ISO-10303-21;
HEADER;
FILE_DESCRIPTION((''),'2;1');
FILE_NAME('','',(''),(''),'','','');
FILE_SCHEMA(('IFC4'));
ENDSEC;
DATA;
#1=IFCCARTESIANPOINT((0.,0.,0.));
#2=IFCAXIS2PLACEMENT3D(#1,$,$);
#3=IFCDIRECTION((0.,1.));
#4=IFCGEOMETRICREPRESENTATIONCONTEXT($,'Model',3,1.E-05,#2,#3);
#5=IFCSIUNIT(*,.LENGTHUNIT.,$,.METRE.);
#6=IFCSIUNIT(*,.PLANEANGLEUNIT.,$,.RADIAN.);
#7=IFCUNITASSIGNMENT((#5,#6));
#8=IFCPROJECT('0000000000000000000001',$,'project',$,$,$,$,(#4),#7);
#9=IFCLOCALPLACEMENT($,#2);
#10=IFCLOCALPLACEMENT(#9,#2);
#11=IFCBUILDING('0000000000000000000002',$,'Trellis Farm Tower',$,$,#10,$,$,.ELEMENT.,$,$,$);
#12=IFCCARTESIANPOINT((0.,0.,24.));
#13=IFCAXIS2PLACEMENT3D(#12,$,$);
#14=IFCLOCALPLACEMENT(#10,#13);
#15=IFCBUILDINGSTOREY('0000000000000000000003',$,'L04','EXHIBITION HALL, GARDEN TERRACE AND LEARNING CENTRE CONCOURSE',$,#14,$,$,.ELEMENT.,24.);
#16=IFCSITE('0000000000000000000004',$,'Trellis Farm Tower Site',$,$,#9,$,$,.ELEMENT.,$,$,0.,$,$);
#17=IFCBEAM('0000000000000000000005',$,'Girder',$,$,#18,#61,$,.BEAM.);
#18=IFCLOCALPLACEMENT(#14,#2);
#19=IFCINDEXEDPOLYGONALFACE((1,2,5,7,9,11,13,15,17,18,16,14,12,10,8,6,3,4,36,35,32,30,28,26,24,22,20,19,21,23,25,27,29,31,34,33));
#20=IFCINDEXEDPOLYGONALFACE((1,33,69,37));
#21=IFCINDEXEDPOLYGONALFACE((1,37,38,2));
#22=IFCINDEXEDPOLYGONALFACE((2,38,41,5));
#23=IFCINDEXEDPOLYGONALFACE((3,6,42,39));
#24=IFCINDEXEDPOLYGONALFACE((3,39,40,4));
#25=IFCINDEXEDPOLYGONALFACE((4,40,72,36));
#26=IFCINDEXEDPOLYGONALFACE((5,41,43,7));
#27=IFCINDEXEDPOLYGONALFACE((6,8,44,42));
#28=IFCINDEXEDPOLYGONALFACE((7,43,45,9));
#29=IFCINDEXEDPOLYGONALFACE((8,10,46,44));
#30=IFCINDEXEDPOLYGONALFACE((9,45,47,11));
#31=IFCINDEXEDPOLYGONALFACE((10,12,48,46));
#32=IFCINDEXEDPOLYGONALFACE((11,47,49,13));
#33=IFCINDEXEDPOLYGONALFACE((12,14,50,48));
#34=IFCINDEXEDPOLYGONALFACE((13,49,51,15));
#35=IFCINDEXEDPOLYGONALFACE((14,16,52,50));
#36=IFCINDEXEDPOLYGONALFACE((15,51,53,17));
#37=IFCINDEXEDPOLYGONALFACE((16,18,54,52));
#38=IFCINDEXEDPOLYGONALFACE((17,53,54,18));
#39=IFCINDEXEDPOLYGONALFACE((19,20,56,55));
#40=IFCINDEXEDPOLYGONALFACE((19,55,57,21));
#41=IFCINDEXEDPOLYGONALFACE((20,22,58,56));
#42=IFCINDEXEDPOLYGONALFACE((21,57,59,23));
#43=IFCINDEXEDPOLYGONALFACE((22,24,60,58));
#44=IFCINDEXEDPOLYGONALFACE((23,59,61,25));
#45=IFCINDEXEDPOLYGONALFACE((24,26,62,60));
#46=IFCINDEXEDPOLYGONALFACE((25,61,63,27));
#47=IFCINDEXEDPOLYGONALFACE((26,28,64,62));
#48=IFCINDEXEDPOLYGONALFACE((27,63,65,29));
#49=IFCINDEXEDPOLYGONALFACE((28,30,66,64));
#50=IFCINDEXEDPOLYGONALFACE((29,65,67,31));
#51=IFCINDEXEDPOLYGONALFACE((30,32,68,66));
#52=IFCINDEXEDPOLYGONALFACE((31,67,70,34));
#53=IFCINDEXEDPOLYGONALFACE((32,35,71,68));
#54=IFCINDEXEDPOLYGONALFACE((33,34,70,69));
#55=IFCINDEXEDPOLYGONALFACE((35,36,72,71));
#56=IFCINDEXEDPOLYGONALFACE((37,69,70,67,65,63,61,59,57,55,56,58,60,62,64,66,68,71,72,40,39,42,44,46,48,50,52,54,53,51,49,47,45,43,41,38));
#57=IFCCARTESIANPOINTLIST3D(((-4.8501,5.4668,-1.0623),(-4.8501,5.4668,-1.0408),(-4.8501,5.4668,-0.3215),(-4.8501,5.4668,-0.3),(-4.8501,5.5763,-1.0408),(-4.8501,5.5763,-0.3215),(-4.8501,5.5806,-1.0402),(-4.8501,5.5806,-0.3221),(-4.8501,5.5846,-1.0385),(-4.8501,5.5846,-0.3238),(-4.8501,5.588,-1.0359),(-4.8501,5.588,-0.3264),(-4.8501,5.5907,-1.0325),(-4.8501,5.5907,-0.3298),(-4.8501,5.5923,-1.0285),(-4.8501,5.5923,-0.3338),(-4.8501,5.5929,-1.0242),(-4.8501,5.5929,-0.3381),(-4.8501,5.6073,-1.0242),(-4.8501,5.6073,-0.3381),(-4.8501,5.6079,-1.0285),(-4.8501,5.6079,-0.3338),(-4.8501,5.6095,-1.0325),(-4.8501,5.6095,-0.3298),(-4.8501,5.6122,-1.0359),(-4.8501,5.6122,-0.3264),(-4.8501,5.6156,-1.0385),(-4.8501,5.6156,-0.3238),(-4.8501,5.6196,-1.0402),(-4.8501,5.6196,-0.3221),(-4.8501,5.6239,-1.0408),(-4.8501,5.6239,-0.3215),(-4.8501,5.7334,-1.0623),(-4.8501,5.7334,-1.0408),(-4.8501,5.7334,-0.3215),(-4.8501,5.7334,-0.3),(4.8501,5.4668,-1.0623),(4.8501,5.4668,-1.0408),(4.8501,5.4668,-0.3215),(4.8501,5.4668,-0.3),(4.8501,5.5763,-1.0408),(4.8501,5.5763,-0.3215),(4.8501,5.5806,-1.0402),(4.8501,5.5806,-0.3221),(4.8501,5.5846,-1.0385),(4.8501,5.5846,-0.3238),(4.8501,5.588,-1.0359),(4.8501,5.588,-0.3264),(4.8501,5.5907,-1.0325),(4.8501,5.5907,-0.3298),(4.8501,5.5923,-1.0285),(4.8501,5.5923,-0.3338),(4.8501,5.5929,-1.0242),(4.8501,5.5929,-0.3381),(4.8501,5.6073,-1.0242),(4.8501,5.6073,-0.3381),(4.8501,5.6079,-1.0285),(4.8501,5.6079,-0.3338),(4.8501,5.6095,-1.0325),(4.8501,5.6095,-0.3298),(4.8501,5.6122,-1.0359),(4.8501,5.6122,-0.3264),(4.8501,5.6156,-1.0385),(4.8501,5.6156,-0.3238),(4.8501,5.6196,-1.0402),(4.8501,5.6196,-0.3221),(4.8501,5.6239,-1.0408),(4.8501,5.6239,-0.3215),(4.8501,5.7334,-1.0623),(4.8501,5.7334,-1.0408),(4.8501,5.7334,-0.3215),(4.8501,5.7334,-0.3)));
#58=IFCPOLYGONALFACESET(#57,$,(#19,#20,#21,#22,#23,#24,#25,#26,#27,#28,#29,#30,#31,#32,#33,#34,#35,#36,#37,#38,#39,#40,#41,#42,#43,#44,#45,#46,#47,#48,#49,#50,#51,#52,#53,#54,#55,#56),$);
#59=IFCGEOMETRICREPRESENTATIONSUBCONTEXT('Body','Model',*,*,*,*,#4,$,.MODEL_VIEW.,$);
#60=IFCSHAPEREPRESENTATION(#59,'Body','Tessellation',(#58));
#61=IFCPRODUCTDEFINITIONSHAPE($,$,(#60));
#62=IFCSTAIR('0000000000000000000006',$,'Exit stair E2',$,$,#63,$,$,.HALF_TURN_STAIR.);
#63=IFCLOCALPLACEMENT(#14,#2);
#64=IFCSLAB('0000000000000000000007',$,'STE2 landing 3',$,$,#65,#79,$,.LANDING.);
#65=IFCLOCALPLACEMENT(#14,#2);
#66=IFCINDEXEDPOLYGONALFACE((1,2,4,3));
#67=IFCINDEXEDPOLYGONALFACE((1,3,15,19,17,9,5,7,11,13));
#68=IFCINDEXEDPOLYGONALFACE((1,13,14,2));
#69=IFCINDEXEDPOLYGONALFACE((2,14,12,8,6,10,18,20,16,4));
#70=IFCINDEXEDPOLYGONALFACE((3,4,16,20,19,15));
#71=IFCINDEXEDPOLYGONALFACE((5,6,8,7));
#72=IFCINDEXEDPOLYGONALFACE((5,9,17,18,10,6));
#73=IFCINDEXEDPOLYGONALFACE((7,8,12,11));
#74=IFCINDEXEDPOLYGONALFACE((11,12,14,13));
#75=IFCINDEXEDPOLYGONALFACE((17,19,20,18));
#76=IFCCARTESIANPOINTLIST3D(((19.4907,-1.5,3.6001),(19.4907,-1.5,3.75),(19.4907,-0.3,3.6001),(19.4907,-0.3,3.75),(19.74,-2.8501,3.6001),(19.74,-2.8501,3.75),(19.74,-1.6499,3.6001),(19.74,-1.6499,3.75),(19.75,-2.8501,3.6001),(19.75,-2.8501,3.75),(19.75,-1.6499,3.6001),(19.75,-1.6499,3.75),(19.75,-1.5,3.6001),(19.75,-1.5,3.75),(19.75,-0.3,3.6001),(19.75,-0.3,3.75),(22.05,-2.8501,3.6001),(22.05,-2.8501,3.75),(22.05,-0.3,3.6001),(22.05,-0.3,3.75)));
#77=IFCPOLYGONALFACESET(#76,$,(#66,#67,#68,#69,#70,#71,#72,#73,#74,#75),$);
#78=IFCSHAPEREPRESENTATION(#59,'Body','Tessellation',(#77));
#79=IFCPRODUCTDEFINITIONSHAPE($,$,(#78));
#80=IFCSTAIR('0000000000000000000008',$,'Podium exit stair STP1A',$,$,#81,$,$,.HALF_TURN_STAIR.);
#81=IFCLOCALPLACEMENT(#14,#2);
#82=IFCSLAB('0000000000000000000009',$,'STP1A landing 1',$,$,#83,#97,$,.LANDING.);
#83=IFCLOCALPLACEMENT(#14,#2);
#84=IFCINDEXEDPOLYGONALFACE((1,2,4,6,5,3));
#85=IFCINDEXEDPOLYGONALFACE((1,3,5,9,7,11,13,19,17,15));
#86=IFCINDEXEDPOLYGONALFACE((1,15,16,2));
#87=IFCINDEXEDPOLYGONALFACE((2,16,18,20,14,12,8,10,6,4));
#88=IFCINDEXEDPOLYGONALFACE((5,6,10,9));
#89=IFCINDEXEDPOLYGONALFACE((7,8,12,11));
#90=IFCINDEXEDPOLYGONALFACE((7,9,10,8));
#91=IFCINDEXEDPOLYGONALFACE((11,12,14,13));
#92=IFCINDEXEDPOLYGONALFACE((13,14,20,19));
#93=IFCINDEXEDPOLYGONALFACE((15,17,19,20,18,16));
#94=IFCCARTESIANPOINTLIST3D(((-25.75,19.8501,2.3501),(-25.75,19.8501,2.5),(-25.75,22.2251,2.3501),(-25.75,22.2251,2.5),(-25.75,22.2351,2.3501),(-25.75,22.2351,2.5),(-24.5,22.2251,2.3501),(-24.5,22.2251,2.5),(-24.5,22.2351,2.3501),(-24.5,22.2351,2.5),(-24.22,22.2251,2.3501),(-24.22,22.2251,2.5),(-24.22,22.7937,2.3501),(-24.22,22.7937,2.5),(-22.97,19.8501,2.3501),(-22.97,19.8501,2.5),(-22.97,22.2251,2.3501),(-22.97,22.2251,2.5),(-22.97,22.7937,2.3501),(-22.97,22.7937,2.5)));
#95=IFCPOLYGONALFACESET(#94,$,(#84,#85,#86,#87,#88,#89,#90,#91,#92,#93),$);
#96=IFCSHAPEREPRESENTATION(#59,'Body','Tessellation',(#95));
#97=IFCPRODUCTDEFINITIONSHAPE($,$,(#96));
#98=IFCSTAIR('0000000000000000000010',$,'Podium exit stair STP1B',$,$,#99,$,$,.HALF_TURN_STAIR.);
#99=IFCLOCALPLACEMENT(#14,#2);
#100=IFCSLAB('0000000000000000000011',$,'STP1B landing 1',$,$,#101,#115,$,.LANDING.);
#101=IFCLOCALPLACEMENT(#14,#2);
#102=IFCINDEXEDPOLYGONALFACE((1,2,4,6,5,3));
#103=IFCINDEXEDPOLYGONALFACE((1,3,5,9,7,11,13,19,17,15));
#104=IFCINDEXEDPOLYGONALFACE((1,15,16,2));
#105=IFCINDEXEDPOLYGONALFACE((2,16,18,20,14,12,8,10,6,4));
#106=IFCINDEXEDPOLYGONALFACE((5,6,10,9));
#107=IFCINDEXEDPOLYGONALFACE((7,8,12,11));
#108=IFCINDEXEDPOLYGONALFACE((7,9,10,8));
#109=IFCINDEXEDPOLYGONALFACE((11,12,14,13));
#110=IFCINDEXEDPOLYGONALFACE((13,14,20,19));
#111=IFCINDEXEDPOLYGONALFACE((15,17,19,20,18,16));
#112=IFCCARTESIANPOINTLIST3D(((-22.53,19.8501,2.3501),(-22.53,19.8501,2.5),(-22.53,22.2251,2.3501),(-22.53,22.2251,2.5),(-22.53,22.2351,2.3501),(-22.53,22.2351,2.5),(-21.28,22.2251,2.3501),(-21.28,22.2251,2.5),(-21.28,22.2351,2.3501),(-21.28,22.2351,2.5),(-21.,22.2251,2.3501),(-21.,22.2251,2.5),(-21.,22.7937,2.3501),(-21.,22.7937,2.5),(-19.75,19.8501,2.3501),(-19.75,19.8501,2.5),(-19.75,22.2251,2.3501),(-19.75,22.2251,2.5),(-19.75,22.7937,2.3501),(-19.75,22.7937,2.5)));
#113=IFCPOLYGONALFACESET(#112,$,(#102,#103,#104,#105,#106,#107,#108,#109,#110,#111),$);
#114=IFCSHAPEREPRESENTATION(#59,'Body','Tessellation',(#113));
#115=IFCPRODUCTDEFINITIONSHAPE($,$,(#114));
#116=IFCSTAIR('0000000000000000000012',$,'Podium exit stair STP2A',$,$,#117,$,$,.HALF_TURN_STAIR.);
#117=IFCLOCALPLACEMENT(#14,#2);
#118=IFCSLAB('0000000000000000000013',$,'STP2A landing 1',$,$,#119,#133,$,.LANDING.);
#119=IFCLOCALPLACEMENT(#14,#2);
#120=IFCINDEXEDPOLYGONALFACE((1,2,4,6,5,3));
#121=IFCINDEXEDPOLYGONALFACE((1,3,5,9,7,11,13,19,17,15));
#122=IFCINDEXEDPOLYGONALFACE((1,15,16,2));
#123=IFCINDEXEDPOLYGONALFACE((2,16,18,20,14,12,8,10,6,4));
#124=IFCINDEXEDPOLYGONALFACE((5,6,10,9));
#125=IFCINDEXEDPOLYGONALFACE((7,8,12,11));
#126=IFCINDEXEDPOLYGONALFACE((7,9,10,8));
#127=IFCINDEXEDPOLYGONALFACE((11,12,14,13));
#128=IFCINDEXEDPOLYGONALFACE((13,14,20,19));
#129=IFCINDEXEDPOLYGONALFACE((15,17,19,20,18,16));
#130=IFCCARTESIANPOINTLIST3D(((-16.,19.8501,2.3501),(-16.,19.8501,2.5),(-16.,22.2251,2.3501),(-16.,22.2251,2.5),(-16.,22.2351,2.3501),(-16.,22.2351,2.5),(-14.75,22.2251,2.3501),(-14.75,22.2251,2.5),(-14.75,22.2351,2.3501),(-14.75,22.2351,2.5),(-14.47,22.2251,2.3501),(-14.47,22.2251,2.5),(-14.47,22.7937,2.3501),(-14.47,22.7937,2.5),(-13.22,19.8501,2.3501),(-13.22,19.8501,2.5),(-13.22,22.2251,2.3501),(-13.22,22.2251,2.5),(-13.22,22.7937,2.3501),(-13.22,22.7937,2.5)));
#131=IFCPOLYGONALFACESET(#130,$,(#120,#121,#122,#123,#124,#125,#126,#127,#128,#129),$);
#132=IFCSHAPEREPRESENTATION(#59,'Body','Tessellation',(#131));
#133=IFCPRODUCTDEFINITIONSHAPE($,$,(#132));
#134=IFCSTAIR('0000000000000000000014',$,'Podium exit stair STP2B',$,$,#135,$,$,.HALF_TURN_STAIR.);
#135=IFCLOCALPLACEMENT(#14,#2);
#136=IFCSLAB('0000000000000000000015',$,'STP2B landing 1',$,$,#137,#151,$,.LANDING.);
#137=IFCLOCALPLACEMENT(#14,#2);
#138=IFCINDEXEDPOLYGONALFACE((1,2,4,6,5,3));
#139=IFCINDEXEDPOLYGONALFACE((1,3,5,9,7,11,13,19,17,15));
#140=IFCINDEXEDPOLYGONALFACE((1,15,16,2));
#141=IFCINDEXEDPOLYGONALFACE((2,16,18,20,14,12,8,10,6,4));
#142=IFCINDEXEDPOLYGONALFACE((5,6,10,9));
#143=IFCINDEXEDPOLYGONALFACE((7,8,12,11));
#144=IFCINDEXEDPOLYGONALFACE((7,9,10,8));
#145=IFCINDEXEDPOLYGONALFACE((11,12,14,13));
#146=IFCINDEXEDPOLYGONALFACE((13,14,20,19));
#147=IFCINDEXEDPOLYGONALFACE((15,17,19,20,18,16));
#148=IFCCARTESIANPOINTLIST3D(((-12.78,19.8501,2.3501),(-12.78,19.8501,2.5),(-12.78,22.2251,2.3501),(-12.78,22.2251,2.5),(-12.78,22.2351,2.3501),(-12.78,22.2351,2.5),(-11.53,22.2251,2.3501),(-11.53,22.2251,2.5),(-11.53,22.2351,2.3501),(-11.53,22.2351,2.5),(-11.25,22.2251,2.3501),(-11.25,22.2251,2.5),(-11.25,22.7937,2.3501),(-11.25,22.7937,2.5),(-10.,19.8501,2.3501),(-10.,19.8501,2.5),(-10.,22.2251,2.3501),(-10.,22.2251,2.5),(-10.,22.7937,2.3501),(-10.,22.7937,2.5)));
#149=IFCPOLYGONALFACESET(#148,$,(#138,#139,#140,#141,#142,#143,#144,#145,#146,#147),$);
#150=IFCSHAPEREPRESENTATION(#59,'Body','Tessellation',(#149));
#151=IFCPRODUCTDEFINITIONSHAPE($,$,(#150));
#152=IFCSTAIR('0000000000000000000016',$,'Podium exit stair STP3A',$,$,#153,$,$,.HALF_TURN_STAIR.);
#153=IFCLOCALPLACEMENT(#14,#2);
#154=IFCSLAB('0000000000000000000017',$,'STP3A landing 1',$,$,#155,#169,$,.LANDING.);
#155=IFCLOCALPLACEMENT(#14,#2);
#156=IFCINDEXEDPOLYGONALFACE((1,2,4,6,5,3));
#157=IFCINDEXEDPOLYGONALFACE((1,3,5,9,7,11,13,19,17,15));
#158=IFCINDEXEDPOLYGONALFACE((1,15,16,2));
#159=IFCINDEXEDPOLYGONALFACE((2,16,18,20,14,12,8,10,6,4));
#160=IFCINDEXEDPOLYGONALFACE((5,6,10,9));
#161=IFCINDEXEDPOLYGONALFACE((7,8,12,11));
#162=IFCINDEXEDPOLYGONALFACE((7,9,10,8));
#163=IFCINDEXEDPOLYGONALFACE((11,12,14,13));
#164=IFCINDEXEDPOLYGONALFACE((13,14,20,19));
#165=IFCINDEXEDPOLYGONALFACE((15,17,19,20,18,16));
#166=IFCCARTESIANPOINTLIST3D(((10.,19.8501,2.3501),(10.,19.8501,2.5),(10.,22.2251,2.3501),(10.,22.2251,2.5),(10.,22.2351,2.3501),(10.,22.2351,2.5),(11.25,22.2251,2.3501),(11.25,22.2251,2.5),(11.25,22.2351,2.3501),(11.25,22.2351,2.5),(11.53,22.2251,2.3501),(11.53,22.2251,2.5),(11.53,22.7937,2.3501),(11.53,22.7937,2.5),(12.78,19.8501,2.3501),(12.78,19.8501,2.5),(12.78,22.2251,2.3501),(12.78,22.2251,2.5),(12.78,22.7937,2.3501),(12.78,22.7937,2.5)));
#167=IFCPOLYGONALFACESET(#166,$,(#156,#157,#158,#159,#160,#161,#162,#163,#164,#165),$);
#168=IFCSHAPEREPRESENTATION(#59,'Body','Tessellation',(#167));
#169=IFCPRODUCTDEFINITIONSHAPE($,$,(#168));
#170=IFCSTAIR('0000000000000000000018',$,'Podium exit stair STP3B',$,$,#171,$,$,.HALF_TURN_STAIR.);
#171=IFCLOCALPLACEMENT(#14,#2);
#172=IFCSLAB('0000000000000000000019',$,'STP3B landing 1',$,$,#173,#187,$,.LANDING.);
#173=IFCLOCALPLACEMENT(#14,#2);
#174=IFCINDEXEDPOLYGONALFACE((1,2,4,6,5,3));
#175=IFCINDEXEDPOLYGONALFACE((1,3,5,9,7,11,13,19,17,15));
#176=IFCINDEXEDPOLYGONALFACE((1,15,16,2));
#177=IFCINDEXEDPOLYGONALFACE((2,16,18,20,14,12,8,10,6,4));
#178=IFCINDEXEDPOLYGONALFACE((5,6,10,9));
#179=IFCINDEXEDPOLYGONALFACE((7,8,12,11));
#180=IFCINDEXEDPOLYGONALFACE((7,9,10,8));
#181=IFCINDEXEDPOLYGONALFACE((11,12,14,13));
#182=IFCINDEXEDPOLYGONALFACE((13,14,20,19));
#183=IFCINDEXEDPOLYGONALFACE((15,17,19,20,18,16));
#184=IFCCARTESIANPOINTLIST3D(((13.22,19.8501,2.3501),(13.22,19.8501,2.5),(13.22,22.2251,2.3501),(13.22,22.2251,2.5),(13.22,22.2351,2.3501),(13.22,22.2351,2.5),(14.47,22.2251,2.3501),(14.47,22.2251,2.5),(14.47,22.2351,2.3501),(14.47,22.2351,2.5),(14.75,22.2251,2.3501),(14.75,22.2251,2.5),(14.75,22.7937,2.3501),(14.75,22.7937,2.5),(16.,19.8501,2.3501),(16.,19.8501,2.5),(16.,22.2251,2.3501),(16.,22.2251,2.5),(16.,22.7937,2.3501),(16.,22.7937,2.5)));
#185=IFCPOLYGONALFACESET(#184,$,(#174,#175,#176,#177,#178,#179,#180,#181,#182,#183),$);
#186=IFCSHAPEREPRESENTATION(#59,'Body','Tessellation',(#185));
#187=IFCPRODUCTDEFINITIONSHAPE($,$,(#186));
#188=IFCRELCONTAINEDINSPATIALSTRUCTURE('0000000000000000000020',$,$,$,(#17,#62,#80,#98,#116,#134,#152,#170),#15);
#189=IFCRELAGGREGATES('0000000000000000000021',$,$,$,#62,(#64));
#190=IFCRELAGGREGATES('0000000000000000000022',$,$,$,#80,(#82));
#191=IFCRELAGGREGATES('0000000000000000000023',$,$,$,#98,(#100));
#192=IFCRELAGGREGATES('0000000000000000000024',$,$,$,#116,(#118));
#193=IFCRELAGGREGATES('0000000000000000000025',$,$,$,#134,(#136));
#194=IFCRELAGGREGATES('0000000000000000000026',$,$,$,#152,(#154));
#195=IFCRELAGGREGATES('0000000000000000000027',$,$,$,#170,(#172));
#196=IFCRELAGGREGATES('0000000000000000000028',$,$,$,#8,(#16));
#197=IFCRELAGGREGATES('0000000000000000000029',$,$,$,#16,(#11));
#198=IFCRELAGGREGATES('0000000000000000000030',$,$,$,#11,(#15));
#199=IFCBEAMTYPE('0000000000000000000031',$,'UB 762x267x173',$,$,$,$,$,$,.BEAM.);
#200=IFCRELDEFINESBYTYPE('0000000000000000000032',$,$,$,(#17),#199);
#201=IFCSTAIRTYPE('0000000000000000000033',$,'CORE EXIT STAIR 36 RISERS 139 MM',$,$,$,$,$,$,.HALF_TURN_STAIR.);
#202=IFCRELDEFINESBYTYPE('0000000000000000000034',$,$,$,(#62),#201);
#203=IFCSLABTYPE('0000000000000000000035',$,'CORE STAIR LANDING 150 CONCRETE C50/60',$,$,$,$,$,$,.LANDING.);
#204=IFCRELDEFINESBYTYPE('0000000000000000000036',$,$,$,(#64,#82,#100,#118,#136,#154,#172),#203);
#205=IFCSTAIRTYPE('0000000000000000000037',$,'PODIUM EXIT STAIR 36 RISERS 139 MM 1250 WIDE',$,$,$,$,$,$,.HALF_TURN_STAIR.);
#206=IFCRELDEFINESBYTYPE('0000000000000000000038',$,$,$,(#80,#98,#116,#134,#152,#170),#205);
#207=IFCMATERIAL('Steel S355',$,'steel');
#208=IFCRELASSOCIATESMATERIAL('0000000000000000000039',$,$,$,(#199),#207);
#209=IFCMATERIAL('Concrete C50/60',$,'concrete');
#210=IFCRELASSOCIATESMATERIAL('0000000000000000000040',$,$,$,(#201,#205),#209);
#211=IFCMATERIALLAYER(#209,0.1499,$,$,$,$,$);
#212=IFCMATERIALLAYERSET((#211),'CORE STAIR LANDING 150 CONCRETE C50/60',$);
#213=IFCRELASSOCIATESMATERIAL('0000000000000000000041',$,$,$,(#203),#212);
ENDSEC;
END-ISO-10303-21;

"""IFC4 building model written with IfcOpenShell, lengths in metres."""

from ifc_helpers import new_model, si_unit, direction, frame, origin, origin_2d, place, context, subcontext, project, spatial, polyline, i_section, outline, extrude, source, transform, mapped, material, layer, layer_set, material_profile, profile_set, type_object, element, aggregate, save


model = new_model("IFC4")

# Units and contexts
model_context = context("Model", 3, precision=1e-05, world=origin(), true_north=direction((0.0, 1.0)))
body_context = subcontext(model_context, "Body", "Model", "MODEL_VIEW")
ifc_project = project(units=[si_unit("LENGTHUNIT", "METRE"), si_unit("PLANEANGLEUNIT", "RADIAN")], contexts=[model_context])

# Site, building, storey
site_placement = place(None, origin())
site = spatial("IfcSite", under=ifc_project, at=site_placement, Name="Trellis Farm Tower Site", CompositionType="ELEMENT", RefElevation=0.0)
building_placement = place(site_placement, origin())
building = spatial("IfcBuilding", under=site, at=building_placement, Name="Trellis Farm Tower", CompositionType="ELEMENT")
storey_placement = place(building_placement, frame((0.0, 0.0, 24.0)))
storey = spatial("IfcBuildingStorey", under=building, at=storey_placement, Name="L04", Description="EXHIBITION HALL, GARDEN TERRACE AND LEARNING CENTRE CONCOURSE", CompositionType="ELEMENT", Elevation=24.0)

# Beam
ifc_material_1 = material(Name="Steel S355", Category="steel")
ifc_material_profile_1 = material_profile(ifc_material_1, i_section(OverallWidth=0.2666, OverallDepth=0.7622, WebThickness=0.0144, FlangeThickness=0.0215, FilletRadius=0.0166, at=origin_2d()), Name="UB 762x267x173")
ifc_profile_set_1 = profile_set([ifc_material_profile_1], Name="Steel S355")
beam_type_1 = type_object("IfcBeamType", Name="UB 762x267x173", PredefinedType="BEAM", material=ifc_profile_set_1)
shared_shape_1 = source(origin(), body_context, "Body", "SweptSolid", [
    extrude(i_section(OverallWidth=0.2666, OverallDepth=0.7622, WebThickness=0.0144, FlangeThickness=0.0215, FilletRadius=0.0166, at=origin_2d()), origin(), (0.0, 0.0, 1.0), 9.7002),
])
beam_1_placement = place(storey_placement, frame((-4.8501, 5.6001, -0.6812), z_axis=(1.0, 0.0, 0.0), x_axis=(0.0, 1.0, 0.0)))
element("IfcBeam", 1, at=beam_1_placement, inside=storey, type_object=beam_type_1, Name="Girder", PredefinedType="BEAM", context=body_context, shape_type="MappedRepresentation", body=[
    mapped(shared_shape_1, transform((0.0, 0.0, 0.0))),
])

# Stairs, slabs
ifc_material_2 = material(Name="Concrete C50/60", Category="concrete")
stair_type_1 = type_object("IfcStairType", Name="CORE EXIT STAIR 36 RISERS 139 MM", PredefinedType="HALF_TURN_STAIR", material=ifc_material_2)
placement_1 = place(storey_placement, origin())
stair_1 = element("IfcStair", 2, at=placement_1, inside=storey, type_object=stair_type_1, Name="Exit stair E2", PredefinedType="HALF_TURN_STAIR")
ifc_layer_1 = layer(ifc_material_2, 0.1499)
ifc_layer_set_1 = layer_set([ifc_layer_1], Name="CORE STAIR LANDING 150 CONCRETE C50/60")
slab_type = type_object("IfcSlabType", Name="CORE STAIR LANDING 150 CONCRETE C50/60", PredefinedType="LANDING", material=ifc_layer_set_1)
shared_shape_2 = source(origin(), body_context, "Body", "SweptSolid", [
    extrude(outline(polyline([(19.74, -2.8501), (19.74, -1.6499), (19.75, -1.6499), (19.75, -1.5), (19.4907, -1.5), (19.4907, -0.3), (19.75, -0.3), (22.05, -0.3), (22.05, -2.8501), (19.75, -2.8501), (19.74, -2.8501)])), origin(), (0.0, 0.0, 1.0), 0.1499),
])
slab_1_placement = place(storey_placement, frame((0.0, 0.0, 3.6001)))
slab_1 = element("IfcSlab", 3, at=slab_1_placement, type_object=slab_type, Name="STE2 landing 3", PredefinedType="LANDING", context=body_context, shape_type="MappedRepresentation", body=[
    mapped(shared_shape_2, transform((0.0, 0.0, 0.0))),
])
aggregate(stair_1, [slab_1])
stair_type_2 = type_object("IfcStairType", Name="PODIUM EXIT STAIR 36 RISERS 139 MM 1250 WIDE", PredefinedType="HALF_TURN_STAIR", material=ifc_material_2)
stair_2 = element("IfcStair", 4, at=placement_1, inside=storey, type_object=stair_type_2, Name="Podium exit stair STP1A", PredefinedType="HALF_TURN_STAIR")
shared_shape_3 = source(origin(), body_context, "Body", "SweptSolid", [
    extrude(outline(polyline([(-22.97, 19.8501), (-25.75, 19.8501), (-25.75, 22.2251), (-25.75, 22.2351), (-24.5, 22.2351), (-24.5, 22.2251), (-24.22, 22.2251), (-24.22, 22.7937), (-22.97, 22.7937), (-22.97, 22.2251), (-22.97, 19.8501)])), origin(), (0.0, 0.0, 1.0), 0.1499),
])
placement_2 = place(storey_placement, frame((0.0, 0.0, 2.3501)))
slab_2 = element("IfcSlab", 5, at=placement_2, type_object=slab_type, Name="STP1A landing 1", PredefinedType="LANDING", context=body_context, shape_type="MappedRepresentation", body=[
    mapped(shared_shape_3, transform((0.0, 0.0, 0.0))),
])
aggregate(stair_2, [slab_2])
stair_3 = element("IfcStair", 6, at=placement_1, inside=storey, type_object=stair_type_2, Name="Podium exit stair STP1B", PredefinedType="HALF_TURN_STAIR")
shared_shape_4 = source(origin(), body_context, "Body", "SweptSolid", [
    extrude(outline(polyline([(-19.75, 19.8501), (-22.53, 19.8501), (-22.53, 22.2251), (-22.53, 22.2351), (-21.28, 22.2351), (-21.28, 22.2251), (-21.0, 22.2251), (-21.0, 22.7937), (-19.75, 22.7937), (-19.75, 22.2251), (-19.75, 19.8501)])), origin(), (0.0, 0.0, 1.0), 0.1499),
])
slab_3 = element("IfcSlab", 7, at=placement_2, type_object=slab_type, Name="STP1B landing 1", PredefinedType="LANDING", context=body_context, shape_type="MappedRepresentation", body=[
    mapped(shared_shape_4, transform((0.0, 0.0, 0.0))),
])
aggregate(stair_3, [slab_3])
stair_4 = element("IfcStair", 8, at=placement_1, inside=storey, type_object=stair_type_2, Name="Podium exit stair STP2A", PredefinedType="HALF_TURN_STAIR")
shared_shape_5 = source(origin(), body_context, "Body", "SweptSolid", [
    extrude(outline(polyline([(-13.22, 19.8501), (-16.0, 19.8501), (-16.0, 22.2251), (-16.0, 22.2351), (-14.75, 22.2351), (-14.75, 22.2251), (-14.47, 22.2251), (-14.47, 22.7937), (-13.22, 22.7937), (-13.22, 22.2251), (-13.22, 19.8501)])), origin(), (0.0, 0.0, 1.0), 0.1499),
])
slab_4 = element("IfcSlab", 9, at=placement_2, type_object=slab_type, Name="STP2A landing 1", PredefinedType="LANDING", context=body_context, shape_type="MappedRepresentation", body=[
    mapped(shared_shape_5, transform((0.0, 0.0, 0.0))),
])
aggregate(stair_4, [slab_4])
stair_5 = element("IfcStair", 10, at=placement_1, inside=storey, type_object=stair_type_2, Name="Podium exit stair STP2B", PredefinedType="HALF_TURN_STAIR")
shared_shape_6 = source(origin(), body_context, "Body", "SweptSolid", [
    extrude(outline(polyline([(-10.0, 19.8501), (-12.78, 19.8501), (-12.78, 22.2251), (-12.78, 22.2351), (-11.53, 22.2351), (-11.53, 22.2251), (-11.25, 22.2251), (-11.25, 22.7937), (-10.0, 22.7937), (-10.0, 22.2251), (-10.0, 19.8501)])), origin(), (0.0, 0.0, 1.0), 0.1499),
])
slab_5 = element("IfcSlab", 11, at=placement_2, type_object=slab_type, Name="STP2B landing 1", PredefinedType="LANDING", context=body_context, shape_type="MappedRepresentation", body=[
    mapped(shared_shape_6, transform((0.0, 0.0, 0.0))),
])
aggregate(stair_5, [slab_5])
stair_6 = element("IfcStair", 12, at=placement_1, inside=storey, type_object=stair_type_2, Name="Podium exit stair STP3A", PredefinedType="HALF_TURN_STAIR")
shared_shape_7 = source(origin(), body_context, "Body", "SweptSolid", [
    extrude(outline(polyline([(12.78, 19.8501), (10.0, 19.8501), (10.0, 22.2251), (10.0, 22.2351), (11.25, 22.2351), (11.25, 22.2251), (11.53, 22.2251), (11.53, 22.7937), (12.78, 22.7937), (12.78, 22.2251), (12.78, 19.8501)])), origin(), (0.0, 0.0, 1.0), 0.1499),
])
slab_6 = element("IfcSlab", 13, at=placement_2, type_object=slab_type, Name="STP3A landing 1", PredefinedType="LANDING", context=body_context, shape_type="MappedRepresentation", body=[
    mapped(shared_shape_7, transform((0.0, 0.0, 0.0))),
])
aggregate(stair_6, [slab_6])
stair_7 = element("IfcStair", 14, at=placement_1, inside=storey, type_object=stair_type_2, Name="Podium exit stair STP3B", PredefinedType="HALF_TURN_STAIR")
shared_shape_8 = source(origin(), body_context, "Body", "SweptSolid", [
    extrude(outline(polyline([(16.0, 19.8501), (13.22, 19.8501), (13.22, 22.2251), (13.22, 22.2351), (14.47, 22.2351), (14.47, 22.2251), (14.75, 22.2251), (14.75, 22.7937), (16.0, 22.7937), (16.0, 22.2251), (16.0, 19.8501)])), origin(), (0.0, 0.0, 1.0), 0.1499),
])
slab_7 = element("IfcSlab", 15, at=placement_2, type_object=slab_type, Name="STP3B landing 1", PredefinedType="LANDING", context=body_context, shape_type="MappedRepresentation", body=[
    mapped(shared_shape_8, transform((0.0, 0.0, 0.0))),
])
aggregate(stair_7, [slab_7])

save(model, "model.ifc")
